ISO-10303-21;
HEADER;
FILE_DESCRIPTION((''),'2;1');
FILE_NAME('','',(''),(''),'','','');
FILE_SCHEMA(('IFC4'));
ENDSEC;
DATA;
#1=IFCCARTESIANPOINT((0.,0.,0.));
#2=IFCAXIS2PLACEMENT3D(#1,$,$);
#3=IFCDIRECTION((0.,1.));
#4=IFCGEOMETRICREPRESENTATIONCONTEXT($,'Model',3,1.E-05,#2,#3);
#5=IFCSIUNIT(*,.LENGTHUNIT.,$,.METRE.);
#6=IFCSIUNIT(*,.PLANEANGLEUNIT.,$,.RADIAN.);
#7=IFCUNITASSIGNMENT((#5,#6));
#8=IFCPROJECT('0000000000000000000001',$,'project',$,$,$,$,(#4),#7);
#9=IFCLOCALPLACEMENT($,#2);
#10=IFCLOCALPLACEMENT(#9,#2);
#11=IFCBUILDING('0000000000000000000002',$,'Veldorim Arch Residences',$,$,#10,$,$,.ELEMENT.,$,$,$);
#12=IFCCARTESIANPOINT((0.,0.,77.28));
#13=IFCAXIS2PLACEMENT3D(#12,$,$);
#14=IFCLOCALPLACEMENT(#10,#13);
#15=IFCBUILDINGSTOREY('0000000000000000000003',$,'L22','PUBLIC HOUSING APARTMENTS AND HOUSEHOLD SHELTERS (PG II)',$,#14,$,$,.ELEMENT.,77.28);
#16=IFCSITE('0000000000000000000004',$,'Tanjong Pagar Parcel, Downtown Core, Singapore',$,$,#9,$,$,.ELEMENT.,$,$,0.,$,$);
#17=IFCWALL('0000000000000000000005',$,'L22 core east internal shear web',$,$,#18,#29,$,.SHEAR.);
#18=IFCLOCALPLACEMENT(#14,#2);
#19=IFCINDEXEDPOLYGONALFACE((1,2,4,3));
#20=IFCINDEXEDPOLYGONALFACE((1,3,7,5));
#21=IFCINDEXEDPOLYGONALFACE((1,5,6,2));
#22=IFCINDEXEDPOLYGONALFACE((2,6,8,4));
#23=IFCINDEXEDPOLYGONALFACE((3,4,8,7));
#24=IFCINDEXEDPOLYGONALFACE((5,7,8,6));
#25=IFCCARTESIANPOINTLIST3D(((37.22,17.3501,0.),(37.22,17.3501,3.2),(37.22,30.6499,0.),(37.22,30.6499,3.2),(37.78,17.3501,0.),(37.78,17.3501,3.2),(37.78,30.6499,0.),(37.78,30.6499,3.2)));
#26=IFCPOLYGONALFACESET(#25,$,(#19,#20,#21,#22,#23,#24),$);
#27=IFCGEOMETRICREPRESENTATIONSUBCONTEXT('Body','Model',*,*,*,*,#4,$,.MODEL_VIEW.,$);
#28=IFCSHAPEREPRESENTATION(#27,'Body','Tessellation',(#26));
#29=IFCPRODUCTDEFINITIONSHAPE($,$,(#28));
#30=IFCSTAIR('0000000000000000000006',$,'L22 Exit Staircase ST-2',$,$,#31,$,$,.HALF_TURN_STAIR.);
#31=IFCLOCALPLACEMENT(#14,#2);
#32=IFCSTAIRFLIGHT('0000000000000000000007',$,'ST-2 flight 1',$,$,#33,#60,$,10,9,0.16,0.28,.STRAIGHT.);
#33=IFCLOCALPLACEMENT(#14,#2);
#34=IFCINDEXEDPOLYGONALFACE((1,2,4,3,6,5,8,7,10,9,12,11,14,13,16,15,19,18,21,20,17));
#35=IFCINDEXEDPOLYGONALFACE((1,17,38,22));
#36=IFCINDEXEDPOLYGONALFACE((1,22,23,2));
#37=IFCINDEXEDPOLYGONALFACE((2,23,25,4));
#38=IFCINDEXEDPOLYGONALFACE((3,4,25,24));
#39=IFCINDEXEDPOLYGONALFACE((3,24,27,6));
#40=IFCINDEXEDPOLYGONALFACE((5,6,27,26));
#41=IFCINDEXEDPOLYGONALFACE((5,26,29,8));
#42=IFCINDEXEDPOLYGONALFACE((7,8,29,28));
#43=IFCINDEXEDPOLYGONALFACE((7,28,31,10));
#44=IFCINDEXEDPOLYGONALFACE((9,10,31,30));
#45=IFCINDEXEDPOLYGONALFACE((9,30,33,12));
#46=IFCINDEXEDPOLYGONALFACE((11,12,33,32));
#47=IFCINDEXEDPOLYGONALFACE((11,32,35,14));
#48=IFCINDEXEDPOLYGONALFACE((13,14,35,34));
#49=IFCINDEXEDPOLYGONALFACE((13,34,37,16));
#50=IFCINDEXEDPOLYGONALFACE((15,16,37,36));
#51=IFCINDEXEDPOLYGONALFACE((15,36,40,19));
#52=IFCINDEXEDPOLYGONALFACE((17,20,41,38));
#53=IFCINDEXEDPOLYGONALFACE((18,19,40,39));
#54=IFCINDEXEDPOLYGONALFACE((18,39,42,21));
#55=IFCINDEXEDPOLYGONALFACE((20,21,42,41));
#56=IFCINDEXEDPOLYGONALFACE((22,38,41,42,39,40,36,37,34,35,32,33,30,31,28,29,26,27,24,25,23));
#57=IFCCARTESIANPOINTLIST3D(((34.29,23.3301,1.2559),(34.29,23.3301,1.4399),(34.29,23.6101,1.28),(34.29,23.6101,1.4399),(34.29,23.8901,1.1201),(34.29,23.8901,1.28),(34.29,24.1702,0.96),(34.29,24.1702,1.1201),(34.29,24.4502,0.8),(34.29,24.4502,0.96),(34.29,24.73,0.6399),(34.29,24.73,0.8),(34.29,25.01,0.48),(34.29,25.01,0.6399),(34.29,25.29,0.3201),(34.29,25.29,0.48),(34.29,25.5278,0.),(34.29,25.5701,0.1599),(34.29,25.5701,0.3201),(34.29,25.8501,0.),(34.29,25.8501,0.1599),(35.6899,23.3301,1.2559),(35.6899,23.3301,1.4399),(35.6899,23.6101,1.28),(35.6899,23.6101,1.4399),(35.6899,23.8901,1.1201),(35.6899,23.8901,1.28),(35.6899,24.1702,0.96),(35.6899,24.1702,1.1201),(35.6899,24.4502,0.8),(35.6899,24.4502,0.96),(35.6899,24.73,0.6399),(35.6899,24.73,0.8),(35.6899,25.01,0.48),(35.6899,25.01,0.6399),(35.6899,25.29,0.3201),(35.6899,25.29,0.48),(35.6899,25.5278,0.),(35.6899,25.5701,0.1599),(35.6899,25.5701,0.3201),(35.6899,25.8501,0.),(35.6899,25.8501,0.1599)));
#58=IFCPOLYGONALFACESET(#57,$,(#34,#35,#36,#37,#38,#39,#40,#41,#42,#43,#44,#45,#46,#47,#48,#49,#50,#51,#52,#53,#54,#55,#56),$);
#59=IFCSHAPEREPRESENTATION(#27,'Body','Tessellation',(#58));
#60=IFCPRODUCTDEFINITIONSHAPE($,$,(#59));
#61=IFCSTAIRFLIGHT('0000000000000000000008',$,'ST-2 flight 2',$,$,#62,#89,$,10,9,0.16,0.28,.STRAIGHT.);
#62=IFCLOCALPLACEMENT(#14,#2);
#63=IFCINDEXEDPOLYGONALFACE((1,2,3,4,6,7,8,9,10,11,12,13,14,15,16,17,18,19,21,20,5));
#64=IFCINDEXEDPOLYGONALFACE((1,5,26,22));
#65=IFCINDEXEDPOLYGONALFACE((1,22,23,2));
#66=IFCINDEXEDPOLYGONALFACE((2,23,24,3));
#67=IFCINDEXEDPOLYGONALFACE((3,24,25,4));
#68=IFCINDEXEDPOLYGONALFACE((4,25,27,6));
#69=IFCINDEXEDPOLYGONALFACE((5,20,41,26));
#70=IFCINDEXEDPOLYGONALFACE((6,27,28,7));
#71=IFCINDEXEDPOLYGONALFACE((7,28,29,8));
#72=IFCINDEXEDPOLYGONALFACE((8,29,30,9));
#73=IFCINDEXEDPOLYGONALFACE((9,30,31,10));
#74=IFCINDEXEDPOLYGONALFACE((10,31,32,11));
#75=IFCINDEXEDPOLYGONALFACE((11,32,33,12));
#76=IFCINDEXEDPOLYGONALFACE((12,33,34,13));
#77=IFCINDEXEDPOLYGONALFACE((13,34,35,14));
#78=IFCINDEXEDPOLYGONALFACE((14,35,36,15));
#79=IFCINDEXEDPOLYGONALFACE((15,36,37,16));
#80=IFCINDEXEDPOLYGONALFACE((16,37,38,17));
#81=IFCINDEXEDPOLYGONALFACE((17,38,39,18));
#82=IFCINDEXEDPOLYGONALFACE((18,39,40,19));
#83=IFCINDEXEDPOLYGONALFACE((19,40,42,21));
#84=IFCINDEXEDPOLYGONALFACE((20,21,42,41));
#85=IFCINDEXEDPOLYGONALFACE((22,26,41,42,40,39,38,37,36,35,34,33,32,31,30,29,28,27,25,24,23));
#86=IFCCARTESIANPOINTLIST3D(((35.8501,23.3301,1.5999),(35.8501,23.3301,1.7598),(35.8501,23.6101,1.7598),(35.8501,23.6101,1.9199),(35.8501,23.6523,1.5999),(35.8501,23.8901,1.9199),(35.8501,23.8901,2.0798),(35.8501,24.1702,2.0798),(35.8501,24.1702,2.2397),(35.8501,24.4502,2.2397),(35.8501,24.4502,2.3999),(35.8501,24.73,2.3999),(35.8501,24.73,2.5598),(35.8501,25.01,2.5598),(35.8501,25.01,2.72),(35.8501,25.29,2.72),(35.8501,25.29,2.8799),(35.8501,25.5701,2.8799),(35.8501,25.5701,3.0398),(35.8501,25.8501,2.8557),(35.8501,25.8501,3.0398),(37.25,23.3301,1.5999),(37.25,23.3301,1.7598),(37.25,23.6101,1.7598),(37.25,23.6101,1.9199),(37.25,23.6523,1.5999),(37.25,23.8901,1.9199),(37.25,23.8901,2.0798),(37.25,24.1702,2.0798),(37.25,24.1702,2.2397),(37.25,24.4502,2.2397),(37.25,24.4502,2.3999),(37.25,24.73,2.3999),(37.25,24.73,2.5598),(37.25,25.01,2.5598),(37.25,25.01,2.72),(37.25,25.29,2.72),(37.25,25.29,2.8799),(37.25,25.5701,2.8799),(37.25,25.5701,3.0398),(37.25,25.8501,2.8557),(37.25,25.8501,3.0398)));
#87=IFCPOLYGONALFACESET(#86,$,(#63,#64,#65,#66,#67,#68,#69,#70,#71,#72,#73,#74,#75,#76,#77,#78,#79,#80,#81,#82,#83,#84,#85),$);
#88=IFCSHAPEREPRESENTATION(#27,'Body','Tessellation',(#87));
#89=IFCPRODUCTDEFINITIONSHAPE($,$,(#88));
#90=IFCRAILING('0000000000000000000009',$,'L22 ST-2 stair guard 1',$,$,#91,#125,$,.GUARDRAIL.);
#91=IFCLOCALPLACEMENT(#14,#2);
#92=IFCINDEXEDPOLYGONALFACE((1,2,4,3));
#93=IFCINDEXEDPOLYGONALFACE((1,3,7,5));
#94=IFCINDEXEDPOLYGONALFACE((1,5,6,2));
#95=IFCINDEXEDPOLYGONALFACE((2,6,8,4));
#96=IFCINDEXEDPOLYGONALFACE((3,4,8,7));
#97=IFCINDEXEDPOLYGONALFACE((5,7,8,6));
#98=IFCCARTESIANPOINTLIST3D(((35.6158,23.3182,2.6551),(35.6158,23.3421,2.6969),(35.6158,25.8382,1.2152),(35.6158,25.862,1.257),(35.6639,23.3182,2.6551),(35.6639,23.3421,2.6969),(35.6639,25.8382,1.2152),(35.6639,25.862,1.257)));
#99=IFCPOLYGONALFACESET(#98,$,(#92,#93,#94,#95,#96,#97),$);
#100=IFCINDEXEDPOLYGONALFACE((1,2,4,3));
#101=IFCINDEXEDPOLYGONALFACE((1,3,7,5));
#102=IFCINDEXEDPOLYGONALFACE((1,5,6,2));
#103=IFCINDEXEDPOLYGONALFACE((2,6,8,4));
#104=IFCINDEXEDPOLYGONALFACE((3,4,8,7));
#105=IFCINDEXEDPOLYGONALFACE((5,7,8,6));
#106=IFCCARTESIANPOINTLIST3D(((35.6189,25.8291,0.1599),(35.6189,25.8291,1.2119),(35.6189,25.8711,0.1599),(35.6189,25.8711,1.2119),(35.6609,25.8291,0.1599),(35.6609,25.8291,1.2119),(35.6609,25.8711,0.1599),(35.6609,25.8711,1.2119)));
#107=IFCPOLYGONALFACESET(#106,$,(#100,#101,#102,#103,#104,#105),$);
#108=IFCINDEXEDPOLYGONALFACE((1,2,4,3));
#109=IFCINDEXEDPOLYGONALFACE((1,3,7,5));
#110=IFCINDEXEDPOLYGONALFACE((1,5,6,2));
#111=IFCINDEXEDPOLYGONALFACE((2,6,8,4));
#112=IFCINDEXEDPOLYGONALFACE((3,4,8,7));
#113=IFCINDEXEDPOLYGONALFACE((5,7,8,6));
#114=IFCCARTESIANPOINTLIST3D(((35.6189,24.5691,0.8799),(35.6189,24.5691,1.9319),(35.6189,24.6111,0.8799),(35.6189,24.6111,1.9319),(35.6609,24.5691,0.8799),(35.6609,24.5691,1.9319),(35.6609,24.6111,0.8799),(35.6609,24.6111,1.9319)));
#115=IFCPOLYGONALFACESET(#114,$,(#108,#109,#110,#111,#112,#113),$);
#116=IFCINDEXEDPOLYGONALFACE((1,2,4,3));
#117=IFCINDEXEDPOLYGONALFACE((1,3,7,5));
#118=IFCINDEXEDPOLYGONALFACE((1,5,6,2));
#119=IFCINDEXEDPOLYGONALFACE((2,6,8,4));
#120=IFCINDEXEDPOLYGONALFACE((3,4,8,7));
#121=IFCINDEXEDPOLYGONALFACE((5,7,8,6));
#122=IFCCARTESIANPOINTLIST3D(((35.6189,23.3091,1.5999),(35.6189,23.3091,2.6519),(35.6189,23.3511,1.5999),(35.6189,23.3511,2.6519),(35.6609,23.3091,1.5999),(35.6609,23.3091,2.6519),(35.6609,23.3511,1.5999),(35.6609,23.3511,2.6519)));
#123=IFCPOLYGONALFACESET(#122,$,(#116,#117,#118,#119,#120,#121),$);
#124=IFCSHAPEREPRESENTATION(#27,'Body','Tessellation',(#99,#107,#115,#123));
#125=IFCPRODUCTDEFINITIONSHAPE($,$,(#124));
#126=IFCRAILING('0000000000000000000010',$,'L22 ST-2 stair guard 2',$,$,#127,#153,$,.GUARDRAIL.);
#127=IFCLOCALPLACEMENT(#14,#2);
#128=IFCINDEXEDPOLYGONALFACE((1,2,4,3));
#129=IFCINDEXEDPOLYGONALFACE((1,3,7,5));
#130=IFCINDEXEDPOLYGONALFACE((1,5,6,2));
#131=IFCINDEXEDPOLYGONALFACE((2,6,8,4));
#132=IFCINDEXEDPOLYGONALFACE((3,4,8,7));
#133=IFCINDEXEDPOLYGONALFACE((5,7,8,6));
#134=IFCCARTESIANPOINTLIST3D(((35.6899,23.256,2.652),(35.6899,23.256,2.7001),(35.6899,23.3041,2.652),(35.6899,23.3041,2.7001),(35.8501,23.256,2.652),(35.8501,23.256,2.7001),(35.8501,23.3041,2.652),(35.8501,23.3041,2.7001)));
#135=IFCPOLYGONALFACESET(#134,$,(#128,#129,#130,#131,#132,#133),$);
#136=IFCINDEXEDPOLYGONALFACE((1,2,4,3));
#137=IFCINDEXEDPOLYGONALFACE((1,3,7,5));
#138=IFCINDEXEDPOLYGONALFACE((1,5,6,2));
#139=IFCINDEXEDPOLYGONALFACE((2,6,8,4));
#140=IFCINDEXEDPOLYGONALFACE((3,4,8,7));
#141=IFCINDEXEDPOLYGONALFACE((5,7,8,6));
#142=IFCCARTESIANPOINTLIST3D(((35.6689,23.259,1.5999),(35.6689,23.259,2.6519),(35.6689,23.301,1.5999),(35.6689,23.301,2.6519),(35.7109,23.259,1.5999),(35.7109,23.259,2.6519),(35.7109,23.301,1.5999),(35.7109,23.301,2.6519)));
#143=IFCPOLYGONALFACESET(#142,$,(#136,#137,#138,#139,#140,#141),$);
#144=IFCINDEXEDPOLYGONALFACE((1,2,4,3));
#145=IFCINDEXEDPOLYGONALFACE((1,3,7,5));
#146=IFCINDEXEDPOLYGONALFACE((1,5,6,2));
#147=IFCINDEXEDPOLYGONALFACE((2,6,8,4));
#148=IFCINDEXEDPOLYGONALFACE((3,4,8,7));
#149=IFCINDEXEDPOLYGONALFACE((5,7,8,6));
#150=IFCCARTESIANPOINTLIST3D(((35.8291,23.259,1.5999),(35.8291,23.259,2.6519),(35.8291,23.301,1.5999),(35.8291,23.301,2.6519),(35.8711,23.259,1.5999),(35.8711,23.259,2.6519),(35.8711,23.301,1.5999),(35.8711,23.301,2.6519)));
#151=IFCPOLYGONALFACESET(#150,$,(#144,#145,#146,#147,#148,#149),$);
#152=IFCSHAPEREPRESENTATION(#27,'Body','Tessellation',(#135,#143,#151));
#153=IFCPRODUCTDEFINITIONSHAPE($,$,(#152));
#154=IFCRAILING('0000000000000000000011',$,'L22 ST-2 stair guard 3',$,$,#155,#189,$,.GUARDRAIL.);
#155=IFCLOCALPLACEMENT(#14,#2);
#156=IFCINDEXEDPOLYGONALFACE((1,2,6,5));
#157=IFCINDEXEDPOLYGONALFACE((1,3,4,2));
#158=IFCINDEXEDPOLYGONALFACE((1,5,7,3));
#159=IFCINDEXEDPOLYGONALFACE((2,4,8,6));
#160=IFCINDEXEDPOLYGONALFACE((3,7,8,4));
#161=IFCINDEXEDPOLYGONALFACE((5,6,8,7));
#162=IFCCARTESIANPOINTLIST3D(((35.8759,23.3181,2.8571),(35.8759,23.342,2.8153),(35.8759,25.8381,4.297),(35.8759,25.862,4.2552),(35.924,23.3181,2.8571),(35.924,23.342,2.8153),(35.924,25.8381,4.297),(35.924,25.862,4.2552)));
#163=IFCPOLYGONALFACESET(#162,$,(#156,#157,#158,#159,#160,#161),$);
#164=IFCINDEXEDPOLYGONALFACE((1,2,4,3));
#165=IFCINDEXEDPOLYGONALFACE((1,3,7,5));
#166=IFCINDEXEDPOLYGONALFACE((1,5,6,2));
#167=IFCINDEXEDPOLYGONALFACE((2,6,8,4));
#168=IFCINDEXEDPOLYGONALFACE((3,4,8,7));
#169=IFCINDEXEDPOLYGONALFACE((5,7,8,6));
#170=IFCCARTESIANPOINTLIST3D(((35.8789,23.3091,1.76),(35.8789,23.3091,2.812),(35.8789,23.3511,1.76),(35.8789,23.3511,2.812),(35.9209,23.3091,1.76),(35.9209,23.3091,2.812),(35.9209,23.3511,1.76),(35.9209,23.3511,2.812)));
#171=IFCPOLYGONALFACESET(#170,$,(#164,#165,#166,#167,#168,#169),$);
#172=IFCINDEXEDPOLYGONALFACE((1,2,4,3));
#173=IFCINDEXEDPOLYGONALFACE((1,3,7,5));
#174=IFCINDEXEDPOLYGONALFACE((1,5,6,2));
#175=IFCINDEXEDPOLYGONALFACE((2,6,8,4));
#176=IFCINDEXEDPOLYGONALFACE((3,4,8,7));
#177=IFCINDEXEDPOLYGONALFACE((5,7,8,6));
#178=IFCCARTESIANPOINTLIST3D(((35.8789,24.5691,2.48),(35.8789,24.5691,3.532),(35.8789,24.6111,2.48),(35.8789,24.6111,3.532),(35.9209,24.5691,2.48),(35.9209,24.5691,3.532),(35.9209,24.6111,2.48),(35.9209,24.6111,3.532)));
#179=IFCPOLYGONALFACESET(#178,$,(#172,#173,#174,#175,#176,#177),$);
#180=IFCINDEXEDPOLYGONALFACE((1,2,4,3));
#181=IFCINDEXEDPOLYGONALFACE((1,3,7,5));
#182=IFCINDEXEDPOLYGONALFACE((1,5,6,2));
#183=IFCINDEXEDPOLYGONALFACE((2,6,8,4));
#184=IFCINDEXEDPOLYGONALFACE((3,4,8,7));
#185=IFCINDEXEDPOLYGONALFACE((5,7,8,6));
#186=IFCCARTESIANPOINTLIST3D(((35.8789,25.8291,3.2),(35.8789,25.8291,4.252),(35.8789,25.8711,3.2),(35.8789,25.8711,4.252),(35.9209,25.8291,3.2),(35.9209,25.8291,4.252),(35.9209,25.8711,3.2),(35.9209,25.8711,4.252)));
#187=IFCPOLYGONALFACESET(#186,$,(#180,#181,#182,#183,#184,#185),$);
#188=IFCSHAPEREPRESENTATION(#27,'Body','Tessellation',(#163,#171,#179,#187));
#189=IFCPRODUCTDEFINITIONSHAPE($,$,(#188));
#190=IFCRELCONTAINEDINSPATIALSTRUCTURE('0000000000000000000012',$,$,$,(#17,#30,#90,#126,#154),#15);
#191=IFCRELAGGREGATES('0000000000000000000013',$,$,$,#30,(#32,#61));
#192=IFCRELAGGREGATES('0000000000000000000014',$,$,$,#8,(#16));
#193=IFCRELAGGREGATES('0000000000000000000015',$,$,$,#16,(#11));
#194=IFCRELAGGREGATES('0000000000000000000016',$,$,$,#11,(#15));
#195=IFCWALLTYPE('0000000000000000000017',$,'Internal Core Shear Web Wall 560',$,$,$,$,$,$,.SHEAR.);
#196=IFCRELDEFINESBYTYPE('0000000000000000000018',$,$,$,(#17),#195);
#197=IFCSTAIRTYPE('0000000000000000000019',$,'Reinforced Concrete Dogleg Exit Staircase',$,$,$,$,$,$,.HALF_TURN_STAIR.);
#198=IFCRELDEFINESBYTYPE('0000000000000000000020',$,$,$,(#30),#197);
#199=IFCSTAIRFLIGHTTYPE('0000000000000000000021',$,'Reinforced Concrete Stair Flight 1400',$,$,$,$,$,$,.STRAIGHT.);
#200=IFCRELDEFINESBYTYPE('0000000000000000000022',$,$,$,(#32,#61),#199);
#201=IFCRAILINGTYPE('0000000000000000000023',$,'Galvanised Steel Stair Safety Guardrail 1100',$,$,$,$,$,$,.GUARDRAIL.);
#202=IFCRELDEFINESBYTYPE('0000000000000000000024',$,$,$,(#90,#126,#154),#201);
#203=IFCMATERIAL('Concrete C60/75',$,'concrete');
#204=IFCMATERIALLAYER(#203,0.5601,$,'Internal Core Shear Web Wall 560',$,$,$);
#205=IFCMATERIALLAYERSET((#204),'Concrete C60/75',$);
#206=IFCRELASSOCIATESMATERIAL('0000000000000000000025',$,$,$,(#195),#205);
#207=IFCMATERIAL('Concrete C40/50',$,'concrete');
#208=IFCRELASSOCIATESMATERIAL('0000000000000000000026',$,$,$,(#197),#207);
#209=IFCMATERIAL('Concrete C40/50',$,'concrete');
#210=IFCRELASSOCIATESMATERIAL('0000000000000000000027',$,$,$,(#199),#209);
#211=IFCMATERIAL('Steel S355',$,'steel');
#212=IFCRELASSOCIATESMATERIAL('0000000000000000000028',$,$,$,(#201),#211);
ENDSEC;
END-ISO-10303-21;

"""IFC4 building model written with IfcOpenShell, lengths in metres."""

from ifc_helpers import new_model, si_unit, direction, frame, frame_2d, origin, origin_2d, place, context, subcontext, project, spatial, polyline, rectangle, outline, extrude, material, layer, layer_set, type_object, element, aggregate, save


model = new_model("IFC4")

# Units and contexts
model_context = context("Model", 3, precision=1e-05, world=origin(), true_north=direction((0.0, 1.0)))
body_context = subcontext(model_context, "Body", "Model", "MODEL_VIEW")
ifc_project = project(units=[si_unit("LENGTHUNIT", "METRE"), si_unit("PLANEANGLEUNIT", "RADIAN")], contexts=[model_context])

# Site, building, storey
site_placement = place(None, origin())
site = spatial("IfcSite", under=ifc_project, at=site_placement, Name="Tanjong Pagar Parcel, Downtown Core, Singapore", CompositionType="ELEMENT", RefElevation=0.0)
building_placement = place(site_placement, origin())
building = spatial("IfcBuilding", under=site, at=building_placement, Name="Veldorim Arch Residences", CompositionType="ELEMENT")
storey_placement = place(building_placement, frame((0.0, 0.0, 77.28)))
storey = spatial("IfcBuildingStorey", under=building, at=storey_placement, Name="L22", Description="PUBLIC HOUSING APARTMENTS AND HOUSEHOLD SHELTERS (PG II)", CompositionType="ELEMENT", Elevation=77.28)

# Wall
ifc_material_1 = material(Name="Concrete C60/75", Category="concrete")
ifc_layer_1 = layer(ifc_material_1, 0.5601, Name="Internal Core Shear Web Wall 560")
ifc_layer_set_1 = layer_set([ifc_layer_1], Name="Concrete C60/75")
wall_type_1 = type_object("IfcWallType", Name="Internal Core Shear Web Wall 560", PredefinedType="SHEAR", material=ifc_layer_set_1)
wall_1_placement = place(storey_placement, frame((37.5, 17.3501, 0.0), z_axis=(0.0, 0.0, 1.0), x_axis=(0.0, 1.0, 0.0)))
element("IfcWall", 1, at=wall_1_placement, inside=storey, type_object=wall_type_1, Name="L22 core east internal shear web", PredefinedType="SHEAR", context=body_context, shape_type="SweptSolid", body=[
    extrude(rectangle(XDim=13.2998, YDim=0.5601, at=frame_2d((6.6499, 0.0))), origin(), (0.0, 0.0, 1.0), 3.2),
])

# Stair, stair flights
ifc_material_2 = material(Name="Concrete C40/50", Category="concrete")
stair_type = type_object("IfcStairType", Name="Reinforced Concrete Dogleg Exit Staircase", PredefinedType="HALF_TURN_STAIR", material=ifc_material_2)
stair_placement = place(storey_placement, origin())
stair = element("IfcStair", 2, at=stair_placement, inside=storey, type_object=stair_type, Name="L22 Exit Staircase ST-2", PredefinedType="HALF_TURN_STAIR")
ifc_material_3 = material(Name="Concrete C40/50", Category="concrete")
stair_flight_type = type_object("IfcStairFlightType", Name="Reinforced Concrete Stair Flight 1400", PredefinedType="STRAIGHT", material=ifc_material_3)
stair_flight_1_placement = place(storey_placement, frame((34.99, 25.8501, 0.0), z_axis=(0.0, 0.0, 1.0), x_axis=(0.0, -1.0, 0.0)))
stair_flight_1 = element("IfcStairFlight", 3, at=stair_flight_1_placement, type_object=stair_flight_type, Name="ST-2 flight 1", NumberOfRisers=10, NumberOfTreads=9, PredefinedType="STRAIGHT", RiserHeight=0.16, TreadLength=0.28, context=body_context, shape_type="SweptSolid", body=[
    extrude(outline(polyline([(0.0, 0.0), (0.0, 0.1599), (0.28, 0.1599), (0.28, 0.3201), (0.5601, 0.3201), (0.5601, 0.48), (0.8401, 0.48), (0.8401, 0.6399), (1.1201, 0.6399), (1.1201, 0.8), (1.3999, 0.8), (1.3999, 0.96), (1.6799, 0.96), (1.6799, 1.1201), (1.96, 1.1201), (1.96, 1.28), (2.24, 1.28), (2.24, 1.4399), (2.52, 1.4399), (2.52, 1.6001), (2.52, 1.2559), (0.3223, 0.0), (0.0, 0.0)])), frame((0.0, 0.7, 0.0), z_axis=(0.0, -1.0, 0.0), x_axis=(1.0, 0.0, 0.0)), (0.0, 0.0, 1.0), 1.3999),
])
stair_flight_2_placement = place(storey_placement, frame((36.55, 23.3301, 1.5999), z_axis=(0.0, 0.0, 1.0), x_axis=(0.0, 1.0, 0.0)))
stair_flight_2 = element("IfcStairFlight", 4, at=stair_flight_2_placement, type_object=stair_flight_type, Name="ST-2 flight 2", NumberOfRisers=10, NumberOfTreads=9, PredefinedType="STRAIGHT", RiserHeight=0.16, TreadLength=0.28, context=body_context, shape_type="SweptSolid", body=[
    extrude(outline(polyline([(0.0, 0.0), (0.0, 0.1599), (0.28, 0.1599), (0.28, 0.3201), (0.5601, 0.3201), (0.5601, 0.48), (0.8401, 0.48), (0.8401, 0.6399), (1.1201, 0.6399), (1.1201, 0.8), (1.3999, 0.8), (1.3999, 0.96), (1.6799, 0.96), (1.6799, 1.1201), (1.96, 1.1201), (1.96, 1.28), (2.24, 1.28), (2.24, 1.4399), (2.52, 1.4399), (2.52, 1.6001), (2.52, 1.2559), (0.3223, 0.0), (0.0, 0.0)])), frame((0.0, 0.7, 0.0), z_axis=(0.0, -1.0, 0.0), x_axis=(1.0, 0.0, 0.0)), (0.0, 0.0, 1.0), 1.3999),
])
aggregate(stair, [stair_flight_1, stair_flight_2])

# Railings
ifc_material_4 = material(Name="Steel S355", Category="steel")
railing_type_1 = type_object("IfcRailingType", Name="Galvanised Steel Stair Safety Guardrail 1100", PredefinedType="GUARDRAIL", material=ifc_material_4)
railing_1_placement = place(storey_placement, frame((35.6399, 25.8501, 0.1599)))
element("IfcRailing", 5, at=railing_1_placement, inside=storey, type_object=railing_type_1, Name="L22 ST-2 stair guard 1", PredefinedType="GUARDRAIL", context=body_context, shape_type="SweptSolid", body=[
    extrude(rectangle(XDim=0.0481, YDim=0.0481, at=origin_2d()), frame((0.0, 0.0, 1.0762), z_axis=(0.0, -0.868253, 0.496121), x_axis=(1.0, 0.0, 0.0)), (0.0, 0.0, 1.0), 2.9023),
    extrude(rectangle(XDim=0.042, YDim=0.042, at=origin_2d()), origin(), (0.0, 0.0, 1.0), 1.052),
    extrude(rectangle(XDim=0.042, YDim=0.042, at=origin_2d()), frame((0.0, -1.26, 0.72)), (0.0, 0.0, 1.0), 1.052),
    extrude(rectangle(XDim=0.042, YDim=0.042, at=origin_2d()), frame((0.0, -2.52, 1.4399)), (0.0, 0.0, 1.0), 1.052),
])
railing_2_placement = place(storey_placement, frame((35.6899, 23.28, 1.5999)))
element("IfcRailing", 6, at=railing_2_placement, inside=storey, type_object=railing_type_1, Name="L22 ST-2 stair guard 2", PredefinedType="GUARDRAIL", context=body_context, shape_type="SweptSolid", body=[
    extrude(rectangle(XDim=0.0481, YDim=0.0481, at=origin_2d()), frame((0.0, 0.0, 1.0762), z_axis=(1.0, 0.0, 0.0), x_axis=(0.0, 1.0, 0.0)), (0.0, 0.0, 1.0), 0.1602),
    extrude(rectangle(XDim=0.042, YDim=0.042, at=origin_2d()), origin(), (0.0, 0.0, 1.0), 1.052),
    extrude(rectangle(XDim=0.042, YDim=0.042, at=origin_2d()), frame((0.1602, 0.0, 0.0)), (0.0, 0.0, 1.0), 1.052),
])
railing_3_placement = place(storey_placement, frame((35.8999, 23.3301, 1.76)))
element("IfcRailing", 7, at=railing_3_placement, inside=storey, type_object=railing_type_1, Name="L22 ST-2 stair guard 3", PredefinedType="GUARDRAIL", context=body_context, shape_type="SweptSolid", body=[
    extrude(rectangle(XDim=0.0481, YDim=0.0481, at=origin_2d()), frame((0.0, 0.0, 1.0762), z_axis=(0.0, 0.868253, 0.496121), x_axis=(-1.0, 0.0, 0.0)), (0.0, 0.0, 1.0), 2.9023),
    extrude(rectangle(XDim=0.042, YDim=0.042, at=origin_2d()), origin(), (0.0, 0.0, 1.0), 1.052),
    extrude(rectangle(XDim=0.042, YDim=0.042, at=origin_2d()), frame((0.0, 1.26, 0.72)), (0.0, 0.0, 1.0), 1.052),
    extrude(rectangle(XDim=0.042, YDim=0.042, at=origin_2d()), frame((0.0, 2.52, 1.4399)), (0.0, 0.0, 1.0), 1.052),
])

save(model, "model.ifc")
